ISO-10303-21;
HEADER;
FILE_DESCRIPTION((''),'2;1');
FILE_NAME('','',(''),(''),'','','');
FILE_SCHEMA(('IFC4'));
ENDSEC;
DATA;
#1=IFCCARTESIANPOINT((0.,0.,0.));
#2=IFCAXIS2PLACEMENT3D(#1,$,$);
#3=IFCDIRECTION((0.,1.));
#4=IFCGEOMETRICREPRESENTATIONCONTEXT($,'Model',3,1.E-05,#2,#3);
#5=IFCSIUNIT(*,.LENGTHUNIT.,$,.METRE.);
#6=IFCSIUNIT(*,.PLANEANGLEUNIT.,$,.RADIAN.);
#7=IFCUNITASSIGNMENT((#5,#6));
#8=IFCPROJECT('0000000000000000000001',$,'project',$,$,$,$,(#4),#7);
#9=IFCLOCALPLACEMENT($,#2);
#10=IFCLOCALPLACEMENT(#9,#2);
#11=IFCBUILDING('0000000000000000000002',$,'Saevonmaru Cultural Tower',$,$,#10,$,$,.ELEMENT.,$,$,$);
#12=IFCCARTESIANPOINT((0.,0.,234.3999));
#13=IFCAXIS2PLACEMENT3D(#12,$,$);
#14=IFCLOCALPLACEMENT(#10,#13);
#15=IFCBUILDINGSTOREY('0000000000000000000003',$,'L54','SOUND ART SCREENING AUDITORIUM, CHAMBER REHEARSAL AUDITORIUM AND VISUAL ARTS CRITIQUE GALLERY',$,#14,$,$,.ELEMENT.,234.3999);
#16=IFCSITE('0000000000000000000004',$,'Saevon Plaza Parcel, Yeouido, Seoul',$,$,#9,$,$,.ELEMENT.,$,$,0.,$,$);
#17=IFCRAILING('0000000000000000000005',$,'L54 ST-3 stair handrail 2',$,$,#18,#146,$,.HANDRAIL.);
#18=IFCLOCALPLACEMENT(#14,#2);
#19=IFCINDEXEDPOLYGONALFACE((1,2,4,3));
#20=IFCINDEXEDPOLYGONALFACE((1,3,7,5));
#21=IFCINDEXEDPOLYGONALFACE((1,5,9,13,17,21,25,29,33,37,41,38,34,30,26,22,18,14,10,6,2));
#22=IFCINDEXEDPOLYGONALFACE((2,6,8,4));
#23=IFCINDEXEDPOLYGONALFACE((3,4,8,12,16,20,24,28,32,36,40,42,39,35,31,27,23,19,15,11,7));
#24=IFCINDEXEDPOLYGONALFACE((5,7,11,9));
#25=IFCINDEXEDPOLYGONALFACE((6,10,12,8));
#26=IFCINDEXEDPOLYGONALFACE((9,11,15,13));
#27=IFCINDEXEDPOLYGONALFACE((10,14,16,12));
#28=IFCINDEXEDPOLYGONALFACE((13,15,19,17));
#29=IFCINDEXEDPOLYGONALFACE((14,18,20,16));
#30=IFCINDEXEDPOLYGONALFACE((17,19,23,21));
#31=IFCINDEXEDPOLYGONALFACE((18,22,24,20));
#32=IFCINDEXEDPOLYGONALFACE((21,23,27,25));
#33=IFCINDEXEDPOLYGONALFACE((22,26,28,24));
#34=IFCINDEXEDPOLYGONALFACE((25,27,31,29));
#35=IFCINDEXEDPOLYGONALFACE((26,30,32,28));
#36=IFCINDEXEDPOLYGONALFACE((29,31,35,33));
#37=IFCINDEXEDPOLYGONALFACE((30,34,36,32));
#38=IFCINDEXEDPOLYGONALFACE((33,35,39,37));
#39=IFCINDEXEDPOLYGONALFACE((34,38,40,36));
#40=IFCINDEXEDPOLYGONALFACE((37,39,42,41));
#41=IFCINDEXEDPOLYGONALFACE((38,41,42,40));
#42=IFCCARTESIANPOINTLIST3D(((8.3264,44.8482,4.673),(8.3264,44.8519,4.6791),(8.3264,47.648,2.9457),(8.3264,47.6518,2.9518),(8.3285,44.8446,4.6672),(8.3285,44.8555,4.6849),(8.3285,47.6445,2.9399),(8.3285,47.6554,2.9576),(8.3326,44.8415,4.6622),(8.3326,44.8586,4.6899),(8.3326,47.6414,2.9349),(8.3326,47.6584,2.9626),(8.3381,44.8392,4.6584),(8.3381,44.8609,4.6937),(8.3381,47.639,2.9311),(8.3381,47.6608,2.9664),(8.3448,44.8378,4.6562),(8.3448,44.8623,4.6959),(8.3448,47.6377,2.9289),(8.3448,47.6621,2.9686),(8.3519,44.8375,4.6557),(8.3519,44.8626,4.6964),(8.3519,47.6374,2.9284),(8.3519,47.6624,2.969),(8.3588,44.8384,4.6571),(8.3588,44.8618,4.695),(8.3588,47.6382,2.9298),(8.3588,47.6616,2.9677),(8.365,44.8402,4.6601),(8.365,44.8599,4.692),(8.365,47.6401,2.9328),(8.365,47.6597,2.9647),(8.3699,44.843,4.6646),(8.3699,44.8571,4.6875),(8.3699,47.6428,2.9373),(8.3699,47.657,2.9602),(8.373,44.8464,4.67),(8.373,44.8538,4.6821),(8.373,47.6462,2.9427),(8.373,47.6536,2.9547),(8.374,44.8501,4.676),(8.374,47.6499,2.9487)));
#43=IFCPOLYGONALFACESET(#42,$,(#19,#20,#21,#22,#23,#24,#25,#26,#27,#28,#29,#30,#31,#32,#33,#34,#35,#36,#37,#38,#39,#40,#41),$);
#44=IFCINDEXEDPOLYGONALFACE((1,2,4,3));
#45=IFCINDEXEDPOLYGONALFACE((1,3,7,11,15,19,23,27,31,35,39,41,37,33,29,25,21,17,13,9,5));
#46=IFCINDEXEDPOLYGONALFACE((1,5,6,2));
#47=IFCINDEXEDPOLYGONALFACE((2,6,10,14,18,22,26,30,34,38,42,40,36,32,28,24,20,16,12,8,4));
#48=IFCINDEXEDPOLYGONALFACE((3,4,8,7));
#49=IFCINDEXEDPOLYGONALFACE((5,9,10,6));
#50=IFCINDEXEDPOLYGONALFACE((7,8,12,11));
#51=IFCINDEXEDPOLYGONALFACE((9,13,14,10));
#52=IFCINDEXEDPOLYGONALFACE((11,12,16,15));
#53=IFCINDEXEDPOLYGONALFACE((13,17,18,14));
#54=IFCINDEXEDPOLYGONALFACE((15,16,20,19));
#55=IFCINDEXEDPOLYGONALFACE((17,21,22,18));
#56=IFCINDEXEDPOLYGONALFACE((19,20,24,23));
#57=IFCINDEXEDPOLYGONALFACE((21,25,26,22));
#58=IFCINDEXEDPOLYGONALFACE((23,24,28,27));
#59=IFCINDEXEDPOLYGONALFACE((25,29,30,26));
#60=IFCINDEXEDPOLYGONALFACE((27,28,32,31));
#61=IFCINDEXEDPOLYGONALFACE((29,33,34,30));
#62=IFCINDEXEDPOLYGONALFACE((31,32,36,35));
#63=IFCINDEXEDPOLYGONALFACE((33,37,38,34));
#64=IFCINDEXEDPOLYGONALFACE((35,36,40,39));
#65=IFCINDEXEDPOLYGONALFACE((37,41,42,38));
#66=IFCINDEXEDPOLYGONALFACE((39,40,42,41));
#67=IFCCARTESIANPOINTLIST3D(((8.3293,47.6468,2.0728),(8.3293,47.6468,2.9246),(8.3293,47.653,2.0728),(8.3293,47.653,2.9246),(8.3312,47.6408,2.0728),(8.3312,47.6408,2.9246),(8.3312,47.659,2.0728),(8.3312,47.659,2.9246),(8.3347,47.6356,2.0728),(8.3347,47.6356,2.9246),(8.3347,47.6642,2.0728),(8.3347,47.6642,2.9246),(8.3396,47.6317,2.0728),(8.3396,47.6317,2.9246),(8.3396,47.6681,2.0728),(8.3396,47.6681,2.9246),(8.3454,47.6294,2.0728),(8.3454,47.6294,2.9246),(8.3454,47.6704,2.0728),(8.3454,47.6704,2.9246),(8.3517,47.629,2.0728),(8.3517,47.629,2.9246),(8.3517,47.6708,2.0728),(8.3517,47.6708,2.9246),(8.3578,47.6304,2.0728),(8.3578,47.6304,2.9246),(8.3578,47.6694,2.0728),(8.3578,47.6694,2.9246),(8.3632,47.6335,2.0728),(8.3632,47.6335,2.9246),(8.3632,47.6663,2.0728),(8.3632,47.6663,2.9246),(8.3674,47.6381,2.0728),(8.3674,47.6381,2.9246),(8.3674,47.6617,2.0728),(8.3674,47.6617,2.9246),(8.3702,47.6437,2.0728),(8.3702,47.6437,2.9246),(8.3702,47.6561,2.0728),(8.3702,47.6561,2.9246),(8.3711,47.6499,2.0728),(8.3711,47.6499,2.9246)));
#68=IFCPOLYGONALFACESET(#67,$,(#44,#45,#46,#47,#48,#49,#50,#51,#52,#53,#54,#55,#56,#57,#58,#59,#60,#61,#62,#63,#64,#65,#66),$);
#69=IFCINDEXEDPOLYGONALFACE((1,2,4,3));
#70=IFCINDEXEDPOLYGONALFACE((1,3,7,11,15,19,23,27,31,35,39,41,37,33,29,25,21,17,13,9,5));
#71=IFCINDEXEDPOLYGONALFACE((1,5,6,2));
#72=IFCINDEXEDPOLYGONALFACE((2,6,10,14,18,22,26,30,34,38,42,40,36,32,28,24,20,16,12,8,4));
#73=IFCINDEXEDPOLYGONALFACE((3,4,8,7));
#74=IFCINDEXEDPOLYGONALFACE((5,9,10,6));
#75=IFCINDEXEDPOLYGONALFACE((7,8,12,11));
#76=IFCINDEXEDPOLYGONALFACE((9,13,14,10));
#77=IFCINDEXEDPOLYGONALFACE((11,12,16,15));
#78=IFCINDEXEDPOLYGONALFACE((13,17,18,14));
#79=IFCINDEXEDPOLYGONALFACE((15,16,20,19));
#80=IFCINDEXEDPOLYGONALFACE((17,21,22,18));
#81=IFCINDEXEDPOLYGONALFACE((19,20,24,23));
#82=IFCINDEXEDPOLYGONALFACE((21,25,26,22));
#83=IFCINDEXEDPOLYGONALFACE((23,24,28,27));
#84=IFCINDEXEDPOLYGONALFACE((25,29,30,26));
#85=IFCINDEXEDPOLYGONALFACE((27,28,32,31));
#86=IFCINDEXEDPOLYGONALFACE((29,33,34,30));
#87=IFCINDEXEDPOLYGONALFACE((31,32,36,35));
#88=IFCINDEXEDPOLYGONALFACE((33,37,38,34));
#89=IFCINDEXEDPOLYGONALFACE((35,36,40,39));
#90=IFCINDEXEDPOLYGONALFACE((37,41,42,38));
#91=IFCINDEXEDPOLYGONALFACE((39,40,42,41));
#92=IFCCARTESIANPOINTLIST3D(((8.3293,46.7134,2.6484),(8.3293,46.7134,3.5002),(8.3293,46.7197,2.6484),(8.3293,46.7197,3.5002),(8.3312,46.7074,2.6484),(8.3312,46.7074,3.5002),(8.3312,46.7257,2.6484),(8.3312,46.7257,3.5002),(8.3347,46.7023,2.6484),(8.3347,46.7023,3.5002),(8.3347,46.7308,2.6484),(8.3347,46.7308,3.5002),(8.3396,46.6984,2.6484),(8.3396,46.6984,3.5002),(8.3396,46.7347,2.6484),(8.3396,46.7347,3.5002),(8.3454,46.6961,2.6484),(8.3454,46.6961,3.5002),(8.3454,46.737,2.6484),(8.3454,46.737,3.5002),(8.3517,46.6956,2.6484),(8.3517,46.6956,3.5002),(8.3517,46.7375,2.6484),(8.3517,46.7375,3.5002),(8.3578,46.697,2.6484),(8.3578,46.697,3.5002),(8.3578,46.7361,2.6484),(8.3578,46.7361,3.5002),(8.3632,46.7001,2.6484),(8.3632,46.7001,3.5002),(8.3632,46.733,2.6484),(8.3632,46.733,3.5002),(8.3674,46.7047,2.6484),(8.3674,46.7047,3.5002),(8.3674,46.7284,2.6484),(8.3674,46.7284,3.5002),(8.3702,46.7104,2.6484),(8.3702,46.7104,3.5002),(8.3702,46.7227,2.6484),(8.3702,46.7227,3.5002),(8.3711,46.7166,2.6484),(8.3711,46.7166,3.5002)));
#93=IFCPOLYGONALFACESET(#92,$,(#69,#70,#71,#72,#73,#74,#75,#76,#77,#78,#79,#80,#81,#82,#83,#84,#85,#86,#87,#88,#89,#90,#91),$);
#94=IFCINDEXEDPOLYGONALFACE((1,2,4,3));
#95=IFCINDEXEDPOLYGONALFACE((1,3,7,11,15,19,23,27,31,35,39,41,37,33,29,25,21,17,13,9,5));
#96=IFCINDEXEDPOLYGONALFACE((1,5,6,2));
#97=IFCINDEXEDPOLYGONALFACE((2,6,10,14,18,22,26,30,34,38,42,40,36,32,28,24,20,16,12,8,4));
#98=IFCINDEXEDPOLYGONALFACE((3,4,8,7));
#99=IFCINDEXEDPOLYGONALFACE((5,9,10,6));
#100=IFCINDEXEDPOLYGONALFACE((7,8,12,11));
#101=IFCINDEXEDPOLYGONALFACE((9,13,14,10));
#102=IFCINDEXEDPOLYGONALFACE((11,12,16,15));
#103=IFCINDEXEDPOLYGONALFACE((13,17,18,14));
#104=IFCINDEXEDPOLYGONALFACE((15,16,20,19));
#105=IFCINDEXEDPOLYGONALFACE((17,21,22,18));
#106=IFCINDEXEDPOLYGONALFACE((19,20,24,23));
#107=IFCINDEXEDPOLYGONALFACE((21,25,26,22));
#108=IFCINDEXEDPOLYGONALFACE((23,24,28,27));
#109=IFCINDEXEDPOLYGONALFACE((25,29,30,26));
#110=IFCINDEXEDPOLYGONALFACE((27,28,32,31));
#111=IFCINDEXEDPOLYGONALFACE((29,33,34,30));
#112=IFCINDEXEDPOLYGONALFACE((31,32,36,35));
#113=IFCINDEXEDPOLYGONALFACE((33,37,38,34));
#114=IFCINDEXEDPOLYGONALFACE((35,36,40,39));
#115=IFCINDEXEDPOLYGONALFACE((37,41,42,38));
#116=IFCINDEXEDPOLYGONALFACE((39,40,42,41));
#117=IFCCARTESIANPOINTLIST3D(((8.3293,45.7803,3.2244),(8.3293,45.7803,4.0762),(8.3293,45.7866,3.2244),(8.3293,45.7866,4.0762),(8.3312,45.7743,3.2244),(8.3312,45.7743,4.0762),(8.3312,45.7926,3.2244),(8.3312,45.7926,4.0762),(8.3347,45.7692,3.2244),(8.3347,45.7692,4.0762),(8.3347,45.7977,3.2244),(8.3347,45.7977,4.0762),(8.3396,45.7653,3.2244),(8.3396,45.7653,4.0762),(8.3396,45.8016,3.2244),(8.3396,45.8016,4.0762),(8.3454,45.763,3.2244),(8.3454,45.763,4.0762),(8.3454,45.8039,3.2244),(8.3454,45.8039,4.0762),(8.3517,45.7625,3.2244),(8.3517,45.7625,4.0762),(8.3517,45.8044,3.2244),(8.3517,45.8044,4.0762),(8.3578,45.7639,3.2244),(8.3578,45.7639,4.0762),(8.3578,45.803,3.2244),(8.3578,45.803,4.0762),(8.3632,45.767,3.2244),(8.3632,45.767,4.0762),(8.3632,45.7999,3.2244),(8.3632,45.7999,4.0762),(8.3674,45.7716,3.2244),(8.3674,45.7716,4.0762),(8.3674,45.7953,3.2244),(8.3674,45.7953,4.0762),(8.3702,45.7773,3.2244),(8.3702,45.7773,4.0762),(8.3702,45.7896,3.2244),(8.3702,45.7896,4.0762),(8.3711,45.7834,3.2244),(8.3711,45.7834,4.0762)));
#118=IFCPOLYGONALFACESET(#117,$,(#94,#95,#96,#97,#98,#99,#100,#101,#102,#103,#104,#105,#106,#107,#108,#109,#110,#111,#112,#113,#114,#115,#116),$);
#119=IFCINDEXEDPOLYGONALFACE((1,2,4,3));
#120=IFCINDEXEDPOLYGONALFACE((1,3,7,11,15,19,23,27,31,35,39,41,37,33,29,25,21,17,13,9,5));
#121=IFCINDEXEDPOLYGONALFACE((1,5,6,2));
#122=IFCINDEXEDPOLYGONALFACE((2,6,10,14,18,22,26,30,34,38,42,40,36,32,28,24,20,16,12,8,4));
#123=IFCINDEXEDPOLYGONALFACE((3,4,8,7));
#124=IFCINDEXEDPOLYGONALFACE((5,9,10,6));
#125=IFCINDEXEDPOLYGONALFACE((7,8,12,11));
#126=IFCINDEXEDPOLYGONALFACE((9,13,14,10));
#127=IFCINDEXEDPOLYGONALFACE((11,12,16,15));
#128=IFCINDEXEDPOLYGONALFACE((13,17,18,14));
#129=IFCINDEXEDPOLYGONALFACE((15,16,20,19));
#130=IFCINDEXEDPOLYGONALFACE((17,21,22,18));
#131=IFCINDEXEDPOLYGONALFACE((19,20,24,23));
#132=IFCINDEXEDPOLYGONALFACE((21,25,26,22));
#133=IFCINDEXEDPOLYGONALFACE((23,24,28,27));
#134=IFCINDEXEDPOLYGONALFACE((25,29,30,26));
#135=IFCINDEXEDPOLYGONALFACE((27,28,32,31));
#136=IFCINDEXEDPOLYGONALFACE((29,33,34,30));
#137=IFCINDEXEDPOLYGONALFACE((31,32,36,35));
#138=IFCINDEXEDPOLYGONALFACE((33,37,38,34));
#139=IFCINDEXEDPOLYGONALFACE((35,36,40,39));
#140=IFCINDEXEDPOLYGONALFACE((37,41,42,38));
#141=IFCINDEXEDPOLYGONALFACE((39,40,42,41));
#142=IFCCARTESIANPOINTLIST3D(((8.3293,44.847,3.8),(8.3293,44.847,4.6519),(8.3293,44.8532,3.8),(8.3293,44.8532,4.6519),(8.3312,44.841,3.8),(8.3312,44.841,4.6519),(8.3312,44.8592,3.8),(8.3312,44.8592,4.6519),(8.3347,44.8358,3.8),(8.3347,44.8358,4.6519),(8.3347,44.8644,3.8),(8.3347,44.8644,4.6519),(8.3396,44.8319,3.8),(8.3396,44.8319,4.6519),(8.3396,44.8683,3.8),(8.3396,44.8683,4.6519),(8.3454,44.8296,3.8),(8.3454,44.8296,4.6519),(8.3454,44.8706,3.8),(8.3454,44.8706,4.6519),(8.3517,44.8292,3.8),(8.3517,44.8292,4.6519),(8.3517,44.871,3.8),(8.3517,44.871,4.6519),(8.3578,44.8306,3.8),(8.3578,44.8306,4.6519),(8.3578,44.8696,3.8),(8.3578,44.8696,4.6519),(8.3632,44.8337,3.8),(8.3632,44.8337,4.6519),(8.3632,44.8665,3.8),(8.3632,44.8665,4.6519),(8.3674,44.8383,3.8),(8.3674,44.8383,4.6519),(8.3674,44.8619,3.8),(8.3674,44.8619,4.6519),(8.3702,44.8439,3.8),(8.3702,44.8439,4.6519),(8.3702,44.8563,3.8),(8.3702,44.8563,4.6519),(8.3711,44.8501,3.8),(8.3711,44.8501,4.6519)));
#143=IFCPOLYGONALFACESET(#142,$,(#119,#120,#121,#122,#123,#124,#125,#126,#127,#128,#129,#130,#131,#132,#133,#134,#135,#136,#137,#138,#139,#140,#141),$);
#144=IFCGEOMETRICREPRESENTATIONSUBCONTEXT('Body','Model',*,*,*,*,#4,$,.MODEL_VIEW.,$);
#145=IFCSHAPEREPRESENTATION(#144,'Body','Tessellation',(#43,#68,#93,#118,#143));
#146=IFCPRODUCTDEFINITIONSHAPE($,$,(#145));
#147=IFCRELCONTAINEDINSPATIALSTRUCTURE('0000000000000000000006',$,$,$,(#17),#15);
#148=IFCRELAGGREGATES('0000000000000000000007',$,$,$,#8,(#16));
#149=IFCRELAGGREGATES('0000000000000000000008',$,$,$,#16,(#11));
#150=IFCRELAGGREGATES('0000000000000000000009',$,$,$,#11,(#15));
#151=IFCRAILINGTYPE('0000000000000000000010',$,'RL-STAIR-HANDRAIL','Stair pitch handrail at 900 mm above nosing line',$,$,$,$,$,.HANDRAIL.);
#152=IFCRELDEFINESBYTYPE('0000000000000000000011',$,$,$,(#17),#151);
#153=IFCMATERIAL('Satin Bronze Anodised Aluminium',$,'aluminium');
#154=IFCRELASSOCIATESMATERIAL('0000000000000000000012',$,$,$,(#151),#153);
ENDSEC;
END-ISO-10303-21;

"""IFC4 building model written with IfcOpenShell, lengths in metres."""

from ifc_helpers import new_model, si_unit, direction, frame, origin, origin_2d, place, context, subcontext, project, spatial, circle, extrude, material, type_object, element, save


model = new_model("IFC4")

# Units and contexts
model_context = context("Model", 3, precision=1e-05, world=origin(), true_north=direction((0.0, 1.0)))
body_context = subcontext(model_context, "Body", "Model", "MODEL_VIEW")
ifc_project = project(units=[si_unit("LENGTHUNIT", "METRE"), si_unit("PLANEANGLEUNIT", "RADIAN")], contexts=[model_context])

# Site, building, storey
site_placement = place(None, origin())
site = spatial("IfcSite", under=ifc_project, at=site_placement, Name="Saevon Plaza Parcel, Yeouido, Seoul", CompositionType="ELEMENT", RefElevation=0.0)
building_placement = place(site_placement, origin())
building = spatial("IfcBuilding", under=site, at=building_placement, Name="Saevonmaru Cultural Tower", CompositionType="ELEMENT")
storey_placement = place(building_placement, frame((0.0, 0.0, 234.3999)))
storey = spatial("IfcBuildingStorey", under=building, at=storey_placement, Name="L54", Description="SOUND ART SCREENING AUDITORIUM, CHAMBER REHEARSAL AUDITORIUM AND VISUAL ARTS CRITIQUE GALLERY", CompositionType="ELEMENT", Elevation=234.3999)

# Shared definitions
ifc_material_1 = material(Name="Satin Bronze Anodised Aluminium", Category="aluminium")

# Railing
railing_type_1 = type_object("IfcRailingType", Name="RL-STAIR-HANDRAIL", Description="Stair pitch handrail at 900 mm above nosing line", PredefinedType="HANDRAIL", material=ifc_material_1)
railing_1_placement = place(storey_placement, frame((8.3501, 47.6499, 2.0728)))
element("IfcRailing", 1, at=railing_1_placement, inside=storey, type_object=railing_type_1, Name="L54 ST-3 stair handrail 2", PredefinedType="HANDRAIL", context=body_context, shape_type="SweptSolid", body=[
    extrude(circle(Radius=0.0239, at=origin_2d()), frame((0.0, 0.0, 0.876), z_axis=(0.0, -0.851069, 0.525054), x_axis=(1.0, 0.0, 0.0)), (0.0, 0.0, 1.0), 3.2898),
    extrude(circle(Radius=0.021, at=origin_2d()), origin(), (0.0, 0.0, 1.0), 0.8518),
    extrude(circle(Radius=0.021, at=origin_2d()), frame((0.0, -0.9333, 0.5757)), (0.0, 0.0, 1.0), 0.8518),
    extrude(circle(Radius=0.021, at=origin_2d()), frame((0.0, -1.8665, 1.1516)), (0.0, 0.0, 1.0), 0.8518),
    extrude(circle(Radius=0.021, at=origin_2d()), frame((0.0, -2.7998, 1.7273)), (0.0, 0.0, 1.0), 0.8518),
])

save(model, "model.ifc")
